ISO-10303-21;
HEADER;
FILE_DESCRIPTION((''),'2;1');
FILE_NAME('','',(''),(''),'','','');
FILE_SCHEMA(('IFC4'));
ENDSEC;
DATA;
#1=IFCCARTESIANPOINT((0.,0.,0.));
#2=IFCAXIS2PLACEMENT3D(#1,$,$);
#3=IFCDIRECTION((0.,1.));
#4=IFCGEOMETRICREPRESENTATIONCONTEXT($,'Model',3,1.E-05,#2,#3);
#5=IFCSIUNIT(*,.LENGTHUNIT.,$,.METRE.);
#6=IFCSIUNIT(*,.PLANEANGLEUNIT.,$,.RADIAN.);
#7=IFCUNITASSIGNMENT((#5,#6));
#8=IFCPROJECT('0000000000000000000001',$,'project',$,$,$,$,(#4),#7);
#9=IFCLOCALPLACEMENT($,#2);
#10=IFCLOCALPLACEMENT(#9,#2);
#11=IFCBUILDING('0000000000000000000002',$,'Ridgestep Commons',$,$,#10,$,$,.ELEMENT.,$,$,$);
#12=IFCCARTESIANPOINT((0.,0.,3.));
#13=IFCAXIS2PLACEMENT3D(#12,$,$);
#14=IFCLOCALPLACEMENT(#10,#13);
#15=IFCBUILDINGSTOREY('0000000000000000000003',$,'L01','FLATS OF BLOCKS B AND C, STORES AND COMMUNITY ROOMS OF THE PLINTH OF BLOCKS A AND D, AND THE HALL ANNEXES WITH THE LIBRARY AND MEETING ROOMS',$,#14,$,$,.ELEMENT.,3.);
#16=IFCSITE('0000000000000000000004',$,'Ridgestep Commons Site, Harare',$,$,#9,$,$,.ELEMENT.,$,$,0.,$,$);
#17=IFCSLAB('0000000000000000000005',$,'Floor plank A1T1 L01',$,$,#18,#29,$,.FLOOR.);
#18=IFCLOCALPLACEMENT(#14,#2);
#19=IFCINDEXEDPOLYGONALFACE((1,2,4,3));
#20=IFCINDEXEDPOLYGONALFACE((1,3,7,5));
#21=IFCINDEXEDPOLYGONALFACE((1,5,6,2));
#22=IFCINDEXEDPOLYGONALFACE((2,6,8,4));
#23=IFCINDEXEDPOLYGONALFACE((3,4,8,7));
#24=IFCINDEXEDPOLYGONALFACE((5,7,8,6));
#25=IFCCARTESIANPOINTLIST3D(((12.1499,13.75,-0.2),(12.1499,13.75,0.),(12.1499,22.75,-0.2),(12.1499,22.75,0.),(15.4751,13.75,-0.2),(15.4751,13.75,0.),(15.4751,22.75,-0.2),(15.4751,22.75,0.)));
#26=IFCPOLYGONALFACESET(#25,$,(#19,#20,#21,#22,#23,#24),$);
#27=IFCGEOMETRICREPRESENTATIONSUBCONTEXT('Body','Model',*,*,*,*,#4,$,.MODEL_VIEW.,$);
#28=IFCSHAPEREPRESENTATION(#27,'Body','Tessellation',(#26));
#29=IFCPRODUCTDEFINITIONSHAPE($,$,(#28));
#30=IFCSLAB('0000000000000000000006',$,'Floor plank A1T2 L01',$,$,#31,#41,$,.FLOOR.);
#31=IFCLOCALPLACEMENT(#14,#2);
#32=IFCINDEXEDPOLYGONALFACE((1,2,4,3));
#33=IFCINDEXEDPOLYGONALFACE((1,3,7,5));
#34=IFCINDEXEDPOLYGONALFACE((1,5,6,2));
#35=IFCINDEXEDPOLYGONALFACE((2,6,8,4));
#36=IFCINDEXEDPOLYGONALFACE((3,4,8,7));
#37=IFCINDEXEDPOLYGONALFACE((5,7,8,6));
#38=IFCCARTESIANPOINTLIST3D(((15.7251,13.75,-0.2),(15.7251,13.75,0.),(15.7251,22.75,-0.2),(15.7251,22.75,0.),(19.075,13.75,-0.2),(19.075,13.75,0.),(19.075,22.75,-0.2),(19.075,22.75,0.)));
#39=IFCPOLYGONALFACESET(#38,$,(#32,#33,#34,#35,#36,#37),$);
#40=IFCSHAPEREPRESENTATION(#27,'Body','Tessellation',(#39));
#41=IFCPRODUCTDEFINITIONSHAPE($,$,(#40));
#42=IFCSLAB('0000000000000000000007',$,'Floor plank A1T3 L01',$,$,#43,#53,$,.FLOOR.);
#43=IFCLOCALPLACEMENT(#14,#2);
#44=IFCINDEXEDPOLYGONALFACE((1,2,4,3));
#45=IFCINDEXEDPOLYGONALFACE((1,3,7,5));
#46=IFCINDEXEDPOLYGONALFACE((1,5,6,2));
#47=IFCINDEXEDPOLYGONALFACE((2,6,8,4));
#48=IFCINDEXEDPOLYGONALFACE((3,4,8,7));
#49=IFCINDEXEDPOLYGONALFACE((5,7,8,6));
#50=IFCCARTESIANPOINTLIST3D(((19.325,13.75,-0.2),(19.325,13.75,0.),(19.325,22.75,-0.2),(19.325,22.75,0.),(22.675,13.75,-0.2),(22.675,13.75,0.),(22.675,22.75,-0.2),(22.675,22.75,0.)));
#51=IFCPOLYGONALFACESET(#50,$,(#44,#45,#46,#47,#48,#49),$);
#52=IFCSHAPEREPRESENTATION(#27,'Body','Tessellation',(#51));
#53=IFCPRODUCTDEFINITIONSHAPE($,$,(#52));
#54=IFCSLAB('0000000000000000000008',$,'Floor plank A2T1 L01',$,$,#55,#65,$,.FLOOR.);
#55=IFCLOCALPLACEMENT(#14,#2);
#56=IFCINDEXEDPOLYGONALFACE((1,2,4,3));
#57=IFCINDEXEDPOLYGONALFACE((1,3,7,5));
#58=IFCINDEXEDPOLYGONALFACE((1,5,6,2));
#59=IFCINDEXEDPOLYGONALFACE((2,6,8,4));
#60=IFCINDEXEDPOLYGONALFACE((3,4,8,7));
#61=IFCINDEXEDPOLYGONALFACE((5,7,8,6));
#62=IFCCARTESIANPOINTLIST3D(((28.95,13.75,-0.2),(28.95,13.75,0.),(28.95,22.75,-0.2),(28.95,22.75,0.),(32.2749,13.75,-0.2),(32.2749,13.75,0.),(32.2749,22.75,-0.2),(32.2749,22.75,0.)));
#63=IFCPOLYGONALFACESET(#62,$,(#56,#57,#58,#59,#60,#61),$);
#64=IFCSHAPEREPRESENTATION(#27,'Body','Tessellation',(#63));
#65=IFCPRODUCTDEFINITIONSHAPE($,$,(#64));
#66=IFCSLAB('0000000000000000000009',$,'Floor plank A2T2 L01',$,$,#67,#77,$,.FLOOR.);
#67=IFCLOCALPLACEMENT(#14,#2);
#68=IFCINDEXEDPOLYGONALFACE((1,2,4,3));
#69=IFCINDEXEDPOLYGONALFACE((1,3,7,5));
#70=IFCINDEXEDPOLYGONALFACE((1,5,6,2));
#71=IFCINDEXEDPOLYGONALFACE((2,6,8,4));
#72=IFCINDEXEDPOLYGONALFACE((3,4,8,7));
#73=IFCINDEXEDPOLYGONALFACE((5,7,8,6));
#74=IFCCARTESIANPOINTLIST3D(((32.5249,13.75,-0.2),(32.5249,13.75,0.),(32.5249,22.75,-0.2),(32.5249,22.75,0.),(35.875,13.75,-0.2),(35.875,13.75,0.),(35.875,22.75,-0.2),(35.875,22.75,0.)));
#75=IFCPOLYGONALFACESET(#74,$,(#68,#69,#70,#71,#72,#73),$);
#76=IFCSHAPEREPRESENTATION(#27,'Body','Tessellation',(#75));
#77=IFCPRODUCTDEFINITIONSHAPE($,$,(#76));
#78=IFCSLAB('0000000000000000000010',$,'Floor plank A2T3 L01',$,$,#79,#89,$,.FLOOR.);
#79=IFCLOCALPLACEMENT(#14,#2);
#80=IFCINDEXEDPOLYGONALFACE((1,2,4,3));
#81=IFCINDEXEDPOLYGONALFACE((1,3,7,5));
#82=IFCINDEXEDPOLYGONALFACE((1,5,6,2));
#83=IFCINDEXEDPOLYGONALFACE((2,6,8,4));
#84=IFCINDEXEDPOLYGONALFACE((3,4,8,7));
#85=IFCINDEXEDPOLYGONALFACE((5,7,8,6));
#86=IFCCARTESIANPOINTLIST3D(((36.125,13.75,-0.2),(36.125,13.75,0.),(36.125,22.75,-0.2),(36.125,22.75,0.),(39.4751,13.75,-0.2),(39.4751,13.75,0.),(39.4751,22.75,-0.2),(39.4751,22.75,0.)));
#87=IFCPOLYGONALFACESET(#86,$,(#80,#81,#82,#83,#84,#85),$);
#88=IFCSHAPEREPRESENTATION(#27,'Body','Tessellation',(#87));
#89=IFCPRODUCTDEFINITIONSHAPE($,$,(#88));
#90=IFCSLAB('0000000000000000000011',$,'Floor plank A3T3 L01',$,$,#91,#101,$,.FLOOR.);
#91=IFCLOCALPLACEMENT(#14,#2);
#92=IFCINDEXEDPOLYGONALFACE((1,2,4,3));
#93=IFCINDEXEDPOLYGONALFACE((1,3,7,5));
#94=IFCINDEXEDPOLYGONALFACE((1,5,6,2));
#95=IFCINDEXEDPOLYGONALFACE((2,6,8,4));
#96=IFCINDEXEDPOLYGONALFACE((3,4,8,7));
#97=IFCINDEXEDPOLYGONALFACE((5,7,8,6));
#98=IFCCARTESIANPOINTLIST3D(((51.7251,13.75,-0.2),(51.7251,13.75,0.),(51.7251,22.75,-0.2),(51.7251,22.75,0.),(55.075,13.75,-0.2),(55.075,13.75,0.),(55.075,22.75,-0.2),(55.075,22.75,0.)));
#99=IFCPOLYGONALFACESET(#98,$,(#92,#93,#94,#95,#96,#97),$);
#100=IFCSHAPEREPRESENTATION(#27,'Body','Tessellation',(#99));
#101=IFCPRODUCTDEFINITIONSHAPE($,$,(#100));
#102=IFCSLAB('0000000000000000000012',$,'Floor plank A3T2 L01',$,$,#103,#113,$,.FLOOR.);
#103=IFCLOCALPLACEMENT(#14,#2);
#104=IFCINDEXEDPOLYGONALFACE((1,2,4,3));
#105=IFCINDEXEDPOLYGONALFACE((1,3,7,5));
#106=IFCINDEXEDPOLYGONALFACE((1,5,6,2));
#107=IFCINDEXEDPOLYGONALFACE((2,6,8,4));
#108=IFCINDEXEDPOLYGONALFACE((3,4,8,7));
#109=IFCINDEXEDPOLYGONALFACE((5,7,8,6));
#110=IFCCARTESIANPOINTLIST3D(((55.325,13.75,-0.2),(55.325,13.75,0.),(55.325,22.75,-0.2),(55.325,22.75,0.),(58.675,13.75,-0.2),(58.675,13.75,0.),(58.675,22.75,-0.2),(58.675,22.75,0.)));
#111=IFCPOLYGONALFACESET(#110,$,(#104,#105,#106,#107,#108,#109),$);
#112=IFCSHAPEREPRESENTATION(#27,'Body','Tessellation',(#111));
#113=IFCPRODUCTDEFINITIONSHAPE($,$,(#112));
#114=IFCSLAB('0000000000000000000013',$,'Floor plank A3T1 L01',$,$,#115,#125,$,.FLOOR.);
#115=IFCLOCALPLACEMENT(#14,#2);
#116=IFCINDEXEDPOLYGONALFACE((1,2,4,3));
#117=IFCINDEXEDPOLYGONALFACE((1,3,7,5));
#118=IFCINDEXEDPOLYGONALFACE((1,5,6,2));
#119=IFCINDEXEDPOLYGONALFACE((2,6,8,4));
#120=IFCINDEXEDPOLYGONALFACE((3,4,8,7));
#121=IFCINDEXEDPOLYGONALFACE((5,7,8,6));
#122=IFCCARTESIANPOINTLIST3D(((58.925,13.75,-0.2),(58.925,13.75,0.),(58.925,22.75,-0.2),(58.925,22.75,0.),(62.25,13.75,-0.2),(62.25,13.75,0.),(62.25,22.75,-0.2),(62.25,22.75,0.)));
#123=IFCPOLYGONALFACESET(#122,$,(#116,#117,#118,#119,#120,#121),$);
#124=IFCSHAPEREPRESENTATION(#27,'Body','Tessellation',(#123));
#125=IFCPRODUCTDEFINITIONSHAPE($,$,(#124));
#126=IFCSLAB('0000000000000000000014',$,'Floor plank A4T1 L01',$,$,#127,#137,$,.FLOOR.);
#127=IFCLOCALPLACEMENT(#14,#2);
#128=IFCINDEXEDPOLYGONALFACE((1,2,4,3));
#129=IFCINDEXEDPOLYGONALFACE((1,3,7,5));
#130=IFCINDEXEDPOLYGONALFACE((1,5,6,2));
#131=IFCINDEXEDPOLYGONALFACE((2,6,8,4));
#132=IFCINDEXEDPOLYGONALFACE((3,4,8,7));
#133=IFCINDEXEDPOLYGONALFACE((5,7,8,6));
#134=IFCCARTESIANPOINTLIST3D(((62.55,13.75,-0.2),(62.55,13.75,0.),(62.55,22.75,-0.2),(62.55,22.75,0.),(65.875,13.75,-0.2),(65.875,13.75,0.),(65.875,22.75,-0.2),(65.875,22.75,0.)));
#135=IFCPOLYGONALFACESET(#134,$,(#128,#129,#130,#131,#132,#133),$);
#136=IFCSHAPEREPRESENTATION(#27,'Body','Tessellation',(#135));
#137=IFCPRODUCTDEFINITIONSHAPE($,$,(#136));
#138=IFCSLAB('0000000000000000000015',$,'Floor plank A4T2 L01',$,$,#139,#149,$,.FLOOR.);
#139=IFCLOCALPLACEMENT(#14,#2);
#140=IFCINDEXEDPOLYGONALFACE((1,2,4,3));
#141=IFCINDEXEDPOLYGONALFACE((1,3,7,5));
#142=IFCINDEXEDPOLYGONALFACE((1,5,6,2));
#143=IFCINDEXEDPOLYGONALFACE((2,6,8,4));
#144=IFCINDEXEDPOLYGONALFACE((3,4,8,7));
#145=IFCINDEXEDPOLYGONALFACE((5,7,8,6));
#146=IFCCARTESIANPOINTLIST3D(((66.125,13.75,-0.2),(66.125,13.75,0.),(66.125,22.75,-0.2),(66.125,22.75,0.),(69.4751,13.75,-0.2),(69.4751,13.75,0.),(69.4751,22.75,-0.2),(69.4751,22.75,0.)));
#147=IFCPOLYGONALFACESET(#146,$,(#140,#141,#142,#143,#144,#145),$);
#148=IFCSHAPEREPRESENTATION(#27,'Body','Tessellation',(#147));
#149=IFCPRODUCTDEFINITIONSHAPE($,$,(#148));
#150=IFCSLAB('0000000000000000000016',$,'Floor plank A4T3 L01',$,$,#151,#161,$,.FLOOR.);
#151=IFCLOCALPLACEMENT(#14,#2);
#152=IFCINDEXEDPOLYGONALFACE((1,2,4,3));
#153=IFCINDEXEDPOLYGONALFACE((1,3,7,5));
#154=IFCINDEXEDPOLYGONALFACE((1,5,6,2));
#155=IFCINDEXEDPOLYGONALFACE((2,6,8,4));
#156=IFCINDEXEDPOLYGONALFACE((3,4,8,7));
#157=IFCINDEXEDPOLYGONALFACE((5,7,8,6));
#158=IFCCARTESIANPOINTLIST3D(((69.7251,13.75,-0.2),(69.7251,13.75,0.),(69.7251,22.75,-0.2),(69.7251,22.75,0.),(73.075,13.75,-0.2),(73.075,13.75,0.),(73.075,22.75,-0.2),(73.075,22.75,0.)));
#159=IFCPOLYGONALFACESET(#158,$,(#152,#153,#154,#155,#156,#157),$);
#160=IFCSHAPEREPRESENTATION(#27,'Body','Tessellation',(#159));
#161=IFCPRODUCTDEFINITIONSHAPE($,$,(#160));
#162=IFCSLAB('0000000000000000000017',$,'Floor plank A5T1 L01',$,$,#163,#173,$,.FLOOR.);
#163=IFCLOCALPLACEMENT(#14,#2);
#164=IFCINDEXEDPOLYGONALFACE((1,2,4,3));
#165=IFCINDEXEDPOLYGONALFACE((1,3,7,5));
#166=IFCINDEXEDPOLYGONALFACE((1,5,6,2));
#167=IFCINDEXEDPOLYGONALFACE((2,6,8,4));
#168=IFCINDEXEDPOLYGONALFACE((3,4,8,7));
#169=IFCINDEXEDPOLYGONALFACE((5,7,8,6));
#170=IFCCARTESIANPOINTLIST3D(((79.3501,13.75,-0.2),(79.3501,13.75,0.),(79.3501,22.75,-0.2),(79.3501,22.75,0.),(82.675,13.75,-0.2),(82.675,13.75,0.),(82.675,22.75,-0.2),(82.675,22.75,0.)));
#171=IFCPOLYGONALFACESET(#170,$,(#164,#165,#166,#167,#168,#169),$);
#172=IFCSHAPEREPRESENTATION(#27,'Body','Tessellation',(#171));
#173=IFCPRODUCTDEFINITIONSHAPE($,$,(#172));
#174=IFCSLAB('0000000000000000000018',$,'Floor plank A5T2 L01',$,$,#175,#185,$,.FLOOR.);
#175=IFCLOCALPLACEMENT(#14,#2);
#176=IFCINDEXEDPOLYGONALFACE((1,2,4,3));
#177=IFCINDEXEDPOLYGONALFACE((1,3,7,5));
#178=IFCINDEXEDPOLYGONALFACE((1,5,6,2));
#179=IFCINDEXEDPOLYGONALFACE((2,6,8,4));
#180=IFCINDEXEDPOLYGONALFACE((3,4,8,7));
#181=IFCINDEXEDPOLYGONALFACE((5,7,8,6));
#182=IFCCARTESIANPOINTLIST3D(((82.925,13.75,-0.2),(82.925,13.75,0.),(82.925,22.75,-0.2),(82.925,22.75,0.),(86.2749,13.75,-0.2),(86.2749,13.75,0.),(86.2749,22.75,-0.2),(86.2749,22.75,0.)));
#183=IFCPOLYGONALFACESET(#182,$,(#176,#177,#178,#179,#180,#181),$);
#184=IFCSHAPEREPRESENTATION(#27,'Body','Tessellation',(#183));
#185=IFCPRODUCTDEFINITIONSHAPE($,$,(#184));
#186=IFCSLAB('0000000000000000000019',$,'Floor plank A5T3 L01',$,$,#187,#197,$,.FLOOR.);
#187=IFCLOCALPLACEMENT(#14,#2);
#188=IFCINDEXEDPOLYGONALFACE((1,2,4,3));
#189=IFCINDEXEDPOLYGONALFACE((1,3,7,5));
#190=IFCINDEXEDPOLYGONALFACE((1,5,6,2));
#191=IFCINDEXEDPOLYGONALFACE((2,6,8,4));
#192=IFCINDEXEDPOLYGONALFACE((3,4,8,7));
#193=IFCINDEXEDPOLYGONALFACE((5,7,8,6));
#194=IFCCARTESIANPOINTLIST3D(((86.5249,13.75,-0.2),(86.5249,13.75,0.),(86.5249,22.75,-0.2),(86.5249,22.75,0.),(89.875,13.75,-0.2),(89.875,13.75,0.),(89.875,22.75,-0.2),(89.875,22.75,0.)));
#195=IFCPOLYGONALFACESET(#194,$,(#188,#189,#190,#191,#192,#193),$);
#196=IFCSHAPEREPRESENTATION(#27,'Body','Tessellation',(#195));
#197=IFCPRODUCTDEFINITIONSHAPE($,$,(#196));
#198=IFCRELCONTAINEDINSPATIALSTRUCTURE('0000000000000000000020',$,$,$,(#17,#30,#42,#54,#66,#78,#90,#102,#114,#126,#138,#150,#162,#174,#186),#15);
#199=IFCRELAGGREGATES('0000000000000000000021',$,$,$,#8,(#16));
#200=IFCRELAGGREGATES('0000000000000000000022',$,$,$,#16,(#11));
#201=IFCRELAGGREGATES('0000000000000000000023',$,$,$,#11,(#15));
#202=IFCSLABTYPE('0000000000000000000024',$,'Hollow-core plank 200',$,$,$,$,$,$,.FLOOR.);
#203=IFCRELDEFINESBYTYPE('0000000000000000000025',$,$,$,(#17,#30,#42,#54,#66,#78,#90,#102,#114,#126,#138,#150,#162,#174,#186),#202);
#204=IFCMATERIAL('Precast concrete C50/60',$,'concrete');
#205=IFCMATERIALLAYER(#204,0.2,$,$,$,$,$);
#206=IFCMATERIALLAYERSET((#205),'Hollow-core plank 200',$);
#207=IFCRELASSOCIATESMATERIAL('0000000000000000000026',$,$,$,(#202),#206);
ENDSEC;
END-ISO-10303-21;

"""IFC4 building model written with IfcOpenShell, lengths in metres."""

from ifc_helpers import new_model, si_unit, direction, frame, origin, place, context, subcontext, project, spatial, polyline, outline, extrude, material, layer, layer_set, type_object, element, save


model = new_model("IFC4")

# Units and contexts
model_context = context("Model", 3, precision=1e-05, world=origin(), true_north=direction((0.0, 1.0)))
body_context = subcontext(model_context, "Body", "Model", "MODEL_VIEW")
ifc_project = project(units=[si_unit("LENGTHUNIT", "METRE"), si_unit("PLANEANGLEUNIT", "RADIAN")], contexts=[model_context])

# Site, building, storey
site_placement = place(None, origin())
site = spatial("IfcSite", under=ifc_project, at=site_placement, Name="Ridgestep Commons Site, Harare", CompositionType="ELEMENT", RefElevation=0.0)
building_placement = place(site_placement, origin())
building = spatial("IfcBuilding", under=site, at=building_placement, Name="Ridgestep Commons", CompositionType="ELEMENT")
storey_placement = place(building_placement, frame((0.0, 0.0, 3.0)))
storey = spatial("IfcBuildingStorey", under=building, at=storey_placement, Name="L01", Description="FLATS OF BLOCKS B AND C, STORES AND COMMUNITY ROOMS OF THE PLINTH OF BLOCKS A AND D, AND THE HALL ANNEXES WITH THE LIBRARY AND MEETING ROOMS", CompositionType="ELEMENT", Elevation=3.0)

# Slabs
ifc_material_1 = material(Name="Precast concrete C50/60", Category="concrete")
ifc_layer_1 = layer(ifc_material_1, 0.2)
ifc_layer_set_1 = layer_set([ifc_layer_1], Name="Hollow-core plank 200")
slab_type_1 = type_object("IfcSlabType", Name="Hollow-core plank 200", PredefinedType="FLOOR", material=ifc_layer_set_1)
slab_1_placement = place(storey_placement, frame((0.0, 0.0, -0.2)))
element("IfcSlab", 1, at=slab_1_placement, inside=storey, type_object=slab_type_1, Name="Floor plank A1T1 L01", PredefinedType="FLOOR", context=body_context, shape_type="SweptSolid", body=[
    extrude(outline(polyline([(15.4751, 13.75), (15.4751, 22.75), (12.1499, 22.75), (12.1499, 13.75), (15.4751, 13.75)])), origin(), (0.0, 0.0, 1.0), 0.2),
])
slab_2_placement = place(storey_placement, frame((0.0, 0.0, -0.2)))
element("IfcSlab", 2, at=slab_2_placement, inside=storey, type_object=slab_type_1, Name="Floor plank A1T2 L01", PredefinedType="FLOOR", context=body_context, shape_type="SweptSolid", body=[
    extrude(outline(polyline([(19.075, 13.75), (19.075, 22.75), (15.7251, 22.75), (15.7251, 13.75), (19.075, 13.75)])), origin(), (0.0, 0.0, 1.0), 0.2),
])
slab_3_placement = place(storey_placement, frame((0.0, 0.0, -0.2)))
element("IfcSlab", 3, at=slab_3_placement, inside=storey, type_object=slab_type_1, Name="Floor plank A1T3 L01", PredefinedType="FLOOR", context=body_context, shape_type="SweptSolid", body=[
    extrude(outline(polyline([(22.675, 13.75), (22.675, 22.75), (19.325, 22.75), (19.325, 13.75), (22.675, 13.75)])), origin(), (0.0, 0.0, 1.0), 0.2),
])
slab_4_placement = place(storey_placement, frame((0.0, 0.0, -0.2)))
element("IfcSlab", 4, at=slab_4_placement, inside=storey, type_object=slab_type_1, Name="Floor plank A2T1 L01", PredefinedType="FLOOR", context=body_context, shape_type="SweptSolid", body=[
    extrude(outline(polyline([(32.2749, 13.75), (32.2749, 22.75), (28.95, 22.75), (28.95, 13.75), (32.2749, 13.75)])), origin(), (0.0, 0.0, 1.0), 0.2),
])
slab_5_placement = place(storey_placement, frame((0.0, 0.0, -0.2)))
element("IfcSlab", 5, at=slab_5_placement, inside=storey, type_object=slab_type_1, Name="Floor plank A2T2 L01", PredefinedType="FLOOR", context=body_context, shape_type="SweptSolid", body=[
    extrude(outline(polyline([(35.875, 13.75), (35.875, 22.75), (32.5249, 22.75), (32.5249, 13.75), (35.875, 13.75)])), origin(), (0.0, 0.0, 1.0), 0.2),
])
slab_6_placement = place(storey_placement, frame((0.0, 0.0, -0.2)))
element("IfcSlab", 6, at=slab_6_placement, inside=storey, type_object=slab_type_1, Name="Floor plank A2T3 L01", PredefinedType="FLOOR", context=body_context, shape_type="SweptSolid", body=[
    extrude(outline(polyline([(39.4751, 13.75), (39.4751, 22.75), (36.125, 22.75), (36.125, 13.75), (39.4751, 13.75)])), origin(), (0.0, 0.0, 1.0), 0.2),
])
slab_7_placement = place(storey_placement, frame((0.0, 0.0, -0.2)))
element("IfcSlab", 7, at=slab_7_placement, inside=storey, type_object=slab_type_1, Name="Floor plank A3T3 L01", PredefinedType="FLOOR", context=body_context, shape_type="SweptSolid", body=[
    extrude(outline(polyline([(55.075, 13.75), (55.075, 22.75), (51.7251, 22.75), (51.7251, 13.75), (55.075, 13.75)])), origin(), (0.0, 0.0, 1.0), 0.2),
])
slab_8_placement = place(storey_placement, frame((0.0, 0.0, -0.2)))
element("IfcSlab", 8, at=slab_8_placement, inside=storey, type_object=slab_type_1, Name="Floor plank A3T2 L01", PredefinedType="FLOOR", context=body_context, shape_type="SweptSolid", body=[
    extrude(outline(polyline([(58.675, 13.75), (58.675, 22.75), (55.325, 22.75), (55.325, 13.75), (58.675, 13.75)])), origin(), (0.0, 0.0, 1.0), 0.2),
])
slab_9_placement = place(storey_placement, frame((0.0, 0.0, -0.2)))
element("IfcSlab", 9, at=slab_9_placement, inside=storey, type_object=slab_type_1, Name="Floor plank A3T1 L01", PredefinedType="FLOOR", context=body_context, shape_type="SweptSolid", body=[
    extrude(outline(polyline([(62.25, 13.75), (62.25, 22.75), (58.925, 22.75), (58.925, 13.75), (62.25, 13.75)])), origin(), (0.0, 0.0, 1.0), 0.2),
])
slab_10_placement = place(storey_placement, frame((0.0, 0.0, -0.2)))
element("IfcSlab", 10, at=slab_10_placement, inside=storey, type_object=slab_type_1, Name="Floor plank A4T1 L01", PredefinedType="FLOOR", context=body_context, shape_type="SweptSolid", body=[
    extrude(outline(polyline([(65.875, 13.75), (65.875, 22.75), (62.55, 22.75), (62.55, 13.75), (65.875, 13.75)])), origin(), (0.0, 0.0, 1.0), 0.2),
])
slab_11_placement = place(storey_placement, frame((0.0, 0.0, -0.2)))
element("IfcSlab", 11, at=slab_11_placement, inside=storey, type_object=slab_type_1, Name="Floor plank A4T2 L01", PredefinedType="FLOOR", context=body_context, shape_type="SweptSolid", body=[
    extrude(outline(polyline([(69.4751, 13.75), (69.4751, 22.75), (66.125, 22.75), (66.125, 13.75), (69.4751, 13.75)])), origin(), (0.0, 0.0, 1.0), 0.2),
])
slab_12_placement = place(storey_placement, frame((0.0, 0.0, -0.2)))
element("IfcSlab", 12, at=slab_12_placement, inside=storey, type_object=slab_type_1, Name="Floor plank A4T3 L01", PredefinedType="FLOOR", context=body_context, shape_type="SweptSolid", body=[
    extrude(outline(polyline([(73.075, 13.75), (73.075, 22.75), (69.7251, 22.75), (69.7251, 13.75), (73.075, 13.75)])), origin(), (0.0, 0.0, 1.0), 0.2),
])
slab_13_placement = place(storey_placement, frame((0.0, 0.0, -0.2)))
element("IfcSlab", 13, at=slab_13_placement, inside=storey, type_object=slab_type_1, Name="Floor plank A5T1 L01", PredefinedType="FLOOR", context=body_context, shape_type="SweptSolid", body=[
    extrude(outline(polyline([(82.675, 13.75), (82.675, 22.75), (79.3501, 22.75), (79.3501, 13.75), (82.675, 13.75)])), origin(), (0.0, 0.0, 1.0), 0.2),
])
slab_14_placement = place(storey_placement, frame((0.0, 0.0, -0.2)))
element("IfcSlab", 14, at=slab_14_placement, inside=storey, type_object=slab_type_1, Name="Floor plank A5T2 L01", PredefinedType="FLOOR", context=body_context, shape_type="SweptSolid", body=[
    extrude(outline(polyline([(86.2749, 13.75), (86.2749, 22.75), (82.925, 22.75), (82.925, 13.75), (86.2749, 13.75)])), origin(), (0.0, 0.0, 1.0), 0.2),
])
slab_15_placement = place(storey_placement, frame((0.0, 0.0, -0.2)))
element("IfcSlab", 15, at=slab_15_placement, inside=storey, type_object=slab_type_1, Name="Floor plank A5T3 L01", PredefinedType="FLOOR", context=body_context, shape_type="SweptSolid", body=[
    extrude(outline(polyline([(89.875, 13.75), (89.875, 22.75), (86.5249, 22.75), (86.5249, 13.75), (89.875, 13.75)])), origin(), (0.0, 0.0, 1.0), 0.2),
])

save(model, "model.ifc")
